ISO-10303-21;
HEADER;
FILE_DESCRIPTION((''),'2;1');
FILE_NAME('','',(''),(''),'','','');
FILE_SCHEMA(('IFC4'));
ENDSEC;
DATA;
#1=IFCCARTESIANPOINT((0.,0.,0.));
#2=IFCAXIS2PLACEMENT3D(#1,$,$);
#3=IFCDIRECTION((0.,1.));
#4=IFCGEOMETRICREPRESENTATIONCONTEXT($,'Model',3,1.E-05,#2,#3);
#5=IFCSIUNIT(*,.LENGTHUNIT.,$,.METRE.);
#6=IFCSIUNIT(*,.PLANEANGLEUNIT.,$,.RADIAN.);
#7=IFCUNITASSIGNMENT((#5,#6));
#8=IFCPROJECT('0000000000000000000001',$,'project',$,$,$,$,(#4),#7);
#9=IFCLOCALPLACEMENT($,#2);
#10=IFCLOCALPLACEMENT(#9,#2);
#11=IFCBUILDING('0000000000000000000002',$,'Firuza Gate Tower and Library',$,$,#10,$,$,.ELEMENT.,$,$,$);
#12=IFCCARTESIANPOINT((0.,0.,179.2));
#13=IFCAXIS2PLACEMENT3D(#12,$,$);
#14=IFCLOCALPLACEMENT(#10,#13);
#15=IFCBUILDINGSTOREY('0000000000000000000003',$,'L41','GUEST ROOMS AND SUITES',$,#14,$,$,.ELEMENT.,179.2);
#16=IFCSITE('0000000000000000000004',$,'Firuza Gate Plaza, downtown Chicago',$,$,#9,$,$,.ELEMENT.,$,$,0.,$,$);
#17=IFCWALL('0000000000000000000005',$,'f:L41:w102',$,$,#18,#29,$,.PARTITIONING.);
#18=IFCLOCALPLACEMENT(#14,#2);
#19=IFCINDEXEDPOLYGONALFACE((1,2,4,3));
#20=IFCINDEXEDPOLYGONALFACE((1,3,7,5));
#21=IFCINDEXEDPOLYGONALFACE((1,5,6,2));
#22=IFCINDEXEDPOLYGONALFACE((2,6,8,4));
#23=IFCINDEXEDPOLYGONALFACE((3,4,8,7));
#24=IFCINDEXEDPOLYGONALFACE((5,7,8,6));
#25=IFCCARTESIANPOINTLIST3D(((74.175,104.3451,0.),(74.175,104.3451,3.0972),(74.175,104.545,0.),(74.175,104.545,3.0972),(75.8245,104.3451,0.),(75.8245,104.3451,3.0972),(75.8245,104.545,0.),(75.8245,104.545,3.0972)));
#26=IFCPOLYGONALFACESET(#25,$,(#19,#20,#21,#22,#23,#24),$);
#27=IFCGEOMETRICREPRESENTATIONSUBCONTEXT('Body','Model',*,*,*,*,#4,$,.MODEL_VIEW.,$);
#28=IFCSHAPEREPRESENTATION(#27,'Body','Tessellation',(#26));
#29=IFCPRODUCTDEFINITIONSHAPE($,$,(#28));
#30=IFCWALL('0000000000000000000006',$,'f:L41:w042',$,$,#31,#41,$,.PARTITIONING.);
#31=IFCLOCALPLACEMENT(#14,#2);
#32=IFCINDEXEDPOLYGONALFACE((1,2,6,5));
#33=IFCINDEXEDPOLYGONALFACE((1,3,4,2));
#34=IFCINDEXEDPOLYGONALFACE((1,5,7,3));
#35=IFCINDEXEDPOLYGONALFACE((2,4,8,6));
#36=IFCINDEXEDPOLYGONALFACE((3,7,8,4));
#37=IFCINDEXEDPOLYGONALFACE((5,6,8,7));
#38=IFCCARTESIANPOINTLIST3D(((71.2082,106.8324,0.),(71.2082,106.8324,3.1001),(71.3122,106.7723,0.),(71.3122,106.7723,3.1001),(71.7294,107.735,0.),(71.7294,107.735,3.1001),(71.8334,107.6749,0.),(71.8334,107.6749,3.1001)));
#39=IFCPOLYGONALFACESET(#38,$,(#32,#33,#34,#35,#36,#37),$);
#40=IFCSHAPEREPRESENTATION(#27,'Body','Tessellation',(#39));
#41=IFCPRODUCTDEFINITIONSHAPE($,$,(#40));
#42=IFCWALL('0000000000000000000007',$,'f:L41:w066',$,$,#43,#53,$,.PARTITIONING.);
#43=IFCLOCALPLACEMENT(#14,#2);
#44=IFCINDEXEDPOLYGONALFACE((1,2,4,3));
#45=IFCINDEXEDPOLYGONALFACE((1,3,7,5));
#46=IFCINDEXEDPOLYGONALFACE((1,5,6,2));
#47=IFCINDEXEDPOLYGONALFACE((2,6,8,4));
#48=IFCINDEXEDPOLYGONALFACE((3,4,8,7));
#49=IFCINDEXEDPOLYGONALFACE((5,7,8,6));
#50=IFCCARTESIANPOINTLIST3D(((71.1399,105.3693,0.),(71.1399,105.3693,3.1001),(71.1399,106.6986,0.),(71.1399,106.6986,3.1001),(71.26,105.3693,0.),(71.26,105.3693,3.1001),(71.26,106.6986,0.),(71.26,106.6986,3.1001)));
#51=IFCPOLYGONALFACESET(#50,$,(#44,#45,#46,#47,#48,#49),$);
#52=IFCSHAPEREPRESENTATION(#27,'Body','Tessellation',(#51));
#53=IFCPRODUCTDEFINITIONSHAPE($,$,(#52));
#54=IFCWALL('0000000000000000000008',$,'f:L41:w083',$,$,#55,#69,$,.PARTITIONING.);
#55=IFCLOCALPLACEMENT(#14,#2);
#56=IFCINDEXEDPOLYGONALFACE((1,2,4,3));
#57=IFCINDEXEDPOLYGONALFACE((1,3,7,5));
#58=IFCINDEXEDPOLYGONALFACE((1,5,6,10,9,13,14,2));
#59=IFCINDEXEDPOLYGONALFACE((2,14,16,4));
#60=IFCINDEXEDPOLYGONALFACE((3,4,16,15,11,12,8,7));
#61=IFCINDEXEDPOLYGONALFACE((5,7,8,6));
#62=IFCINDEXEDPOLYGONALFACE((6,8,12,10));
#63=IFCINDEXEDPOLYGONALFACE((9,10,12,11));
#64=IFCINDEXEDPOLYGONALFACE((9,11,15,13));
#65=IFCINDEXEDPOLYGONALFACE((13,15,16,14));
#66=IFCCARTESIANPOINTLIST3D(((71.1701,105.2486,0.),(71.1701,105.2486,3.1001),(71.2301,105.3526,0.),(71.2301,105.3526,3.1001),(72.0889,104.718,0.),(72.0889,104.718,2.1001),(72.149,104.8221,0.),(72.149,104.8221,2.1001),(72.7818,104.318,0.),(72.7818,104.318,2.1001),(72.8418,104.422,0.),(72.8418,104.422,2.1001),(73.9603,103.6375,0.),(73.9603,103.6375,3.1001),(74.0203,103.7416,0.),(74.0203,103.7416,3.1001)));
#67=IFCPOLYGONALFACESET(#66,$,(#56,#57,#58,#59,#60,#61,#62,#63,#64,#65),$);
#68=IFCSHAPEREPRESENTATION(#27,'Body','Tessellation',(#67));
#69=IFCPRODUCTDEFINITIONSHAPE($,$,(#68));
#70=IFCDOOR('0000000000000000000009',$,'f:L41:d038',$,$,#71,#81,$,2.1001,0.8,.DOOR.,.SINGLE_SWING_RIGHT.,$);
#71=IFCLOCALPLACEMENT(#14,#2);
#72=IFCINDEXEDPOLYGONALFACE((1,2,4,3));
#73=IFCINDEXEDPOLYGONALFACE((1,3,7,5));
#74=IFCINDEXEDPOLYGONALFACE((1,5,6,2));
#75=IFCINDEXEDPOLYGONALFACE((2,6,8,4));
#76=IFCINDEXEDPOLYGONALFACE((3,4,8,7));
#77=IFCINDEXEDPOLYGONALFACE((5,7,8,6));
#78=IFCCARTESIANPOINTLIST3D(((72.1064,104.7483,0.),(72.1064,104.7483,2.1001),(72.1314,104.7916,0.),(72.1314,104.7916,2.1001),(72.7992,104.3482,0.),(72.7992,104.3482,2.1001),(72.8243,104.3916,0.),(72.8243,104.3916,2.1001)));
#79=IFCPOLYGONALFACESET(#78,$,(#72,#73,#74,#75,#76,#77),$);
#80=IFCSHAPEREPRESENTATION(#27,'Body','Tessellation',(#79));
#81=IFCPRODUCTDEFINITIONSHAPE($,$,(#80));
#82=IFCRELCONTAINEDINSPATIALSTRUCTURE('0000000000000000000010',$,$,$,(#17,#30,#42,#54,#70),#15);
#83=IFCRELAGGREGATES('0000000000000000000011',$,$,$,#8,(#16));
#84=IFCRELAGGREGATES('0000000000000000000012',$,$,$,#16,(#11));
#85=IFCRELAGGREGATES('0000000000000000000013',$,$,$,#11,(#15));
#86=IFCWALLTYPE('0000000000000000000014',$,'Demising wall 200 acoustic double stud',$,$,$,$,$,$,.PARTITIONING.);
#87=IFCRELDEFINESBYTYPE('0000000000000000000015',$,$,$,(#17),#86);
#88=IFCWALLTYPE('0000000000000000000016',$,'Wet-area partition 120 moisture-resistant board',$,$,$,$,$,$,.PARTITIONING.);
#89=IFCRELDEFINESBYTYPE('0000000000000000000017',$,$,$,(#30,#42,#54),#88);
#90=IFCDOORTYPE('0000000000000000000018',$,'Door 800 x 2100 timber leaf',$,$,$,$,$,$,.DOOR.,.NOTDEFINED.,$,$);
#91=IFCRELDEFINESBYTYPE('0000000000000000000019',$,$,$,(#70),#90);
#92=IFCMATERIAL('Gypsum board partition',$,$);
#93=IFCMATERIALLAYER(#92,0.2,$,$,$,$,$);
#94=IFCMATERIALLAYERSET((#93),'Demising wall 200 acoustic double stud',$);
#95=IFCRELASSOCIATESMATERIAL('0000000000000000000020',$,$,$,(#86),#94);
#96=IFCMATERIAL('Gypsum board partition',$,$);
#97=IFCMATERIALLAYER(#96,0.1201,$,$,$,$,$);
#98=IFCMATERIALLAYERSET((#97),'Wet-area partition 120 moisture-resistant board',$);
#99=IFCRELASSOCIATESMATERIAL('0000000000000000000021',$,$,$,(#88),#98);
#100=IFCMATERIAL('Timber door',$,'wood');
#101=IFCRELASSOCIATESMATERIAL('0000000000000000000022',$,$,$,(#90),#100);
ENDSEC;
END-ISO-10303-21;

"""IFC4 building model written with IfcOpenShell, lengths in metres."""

from ifc_helpers import new_model, si_unit, direction, frame, frame_2d, origin, place, context, subcontext, project, spatial, rectangle, extrude, material, layer, layer_set, type_object, element, fill, save


model = new_model("IFC4")

# Units and contexts
model_context = context("Model", 3, precision=1e-05, world=origin(), true_north=direction((0.0, 1.0)))
body_context = subcontext(model_context, "Body", "Model", "MODEL_VIEW")
ifc_project = project(units=[si_unit("LENGTHUNIT", "METRE"), si_unit("PLANEANGLEUNIT", "RADIAN")], contexts=[model_context])

# Site, building, storey
site_placement = place(None, origin())
site = spatial("IfcSite", under=ifc_project, at=site_placement, Name="Firuza Gate Plaza, downtown Chicago", CompositionType="ELEMENT", RefElevation=0.0)
building_placement = place(site_placement, origin())
building = spatial("IfcBuilding", under=site, at=building_placement, Name="Firuza Gate Tower and Library", CompositionType="ELEMENT")
storey_placement = place(building_placement, frame((0.0, 0.0, 179.2)))
storey = spatial("IfcBuildingStorey", under=building, at=storey_placement, Name="L41", Description="GUEST ROOMS AND SUITES", CompositionType="ELEMENT", Elevation=179.2)

# Walls
ifc_material_1 = material(Name="Gypsum board partition")
ifc_layer_1 = layer(ifc_material_1, 0.2)
ifc_layer_set_1 = layer_set([ifc_layer_1], Name="Demising wall 200 acoustic double stud")
wall_type_1 = type_object("IfcWallType", Name="Demising wall 200 acoustic double stud", PredefinedType="PARTITIONING", material=ifc_layer_set_1)
wall_1_placement = place(storey_placement, frame((74.175, 104.4451, 0.0), z_axis=(0.0, 0.0, 1.0), x_axis=(1.0, 0.0, 0.0)))
element("IfcWall", 1, at=wall_1_placement, inside=storey, type_object=wall_type_1, Name="f:L41:w102", PredefinedType="PARTITIONING", context=body_context, shape_type="SweptSolid", body=[
    extrude(rectangle(XDim=1.6494, YDim=0.2, at=frame_2d((0.8247, 0.0))), origin(), (0.0, 0.0, 1.0), 3.0972),
])
ifc_material_2 = material(Name="Gypsum board partition")
ifc_layer_2 = layer(ifc_material_2, 0.1201)
ifc_layer_set_2 = layer_set([ifc_layer_2], Name="Wet-area partition 120 moisture-resistant board")
wall_type_2 = type_object("IfcWallType", Name="Wet-area partition 120 moisture-resistant board", PredefinedType="PARTITIONING", material=ifc_layer_set_2)
wall_2_placement = place(storey_placement, frame((71.2603, 106.8025, 0.0), z_axis=(0.0, 0.0, 1.0), x_axis=(0.500094, 0.865971, 0.0)))
element("IfcWall", 2, at=wall_2_placement, inside=storey, type_object=wall_type_2, Name="f:L41:w042", PredefinedType="PARTITIONING", context=body_context, shape_type="SweptSolid", body=[
    extrude(rectangle(XDim=1.0422, YDim=0.1201, at=frame_2d((0.521, 0.0))), origin(), (0.0, 0.0, 1.0), 3.1001),
])
wall_3_placement = place(storey_placement, frame((71.2, 105.3694, 0.0), z_axis=(0.0, 0.0, 1.0), x_axis=(0.0, 1.0, 0.0)))
element("IfcWall", 3, at=wall_3_placement, inside=storey, type_object=wall_type_2, Name="f:L41:w066", PredefinedType="PARTITIONING", context=body_context, shape_type="SweptSolid", body=[
    extrude(rectangle(XDim=1.3293, YDim=0.1201, at=frame_2d((0.6646, 0.0))), origin(), (0.0, 0.0, 1.0), 3.1001),
])

# Wall, opening, door
wall_4_placement = place(storey_placement, frame((71.2002, 105.3005, 0.0), z_axis=(0.0, 0.0, 1.0), x_axis=(0.86601, -0.500026, 0.0)))
wall_4 = element("IfcWall", 4, at=wall_4_placement, inside=storey, type_object=wall_type_2, Name="f:L41:w083", PredefinedType="PARTITIONING", context=body_context, shape_type="SweptSolid", body=[
    extrude(rectangle(XDim=3.2219, YDim=0.1201, at=frame_2d((1.6108, 0.0))), origin(), (0.0, 0.0, 1.0), 3.1001),
])
opening_placement = place(wall_4_placement, frame((1.061, 0.0, 0.0)))
opening = element("IfcOpeningElement", 5, at=opening_placement, cuts=wall_4, PredefinedType="OPENING", context=body_context, shape_type="SweptSolid", body=[
    extrude(rectangle(XDim=0.8, YDim=2.1001, at=frame_2d((0.3999, 1.05))), frame((0.0, 0.0701, 0.0), z_axis=(0.0, -1.0, 0.0), x_axis=(1.0, 0.0, 0.0)), (0.0, 0.0, 1.0), 0.1401),
])
ifc_material_3 = material(Name="Timber door", Category="wood")
door_type = type_object("IfcDoorType", Name="Door 800 x 2100 timber leaf", OperationType="NOTDEFINED", PredefinedType="DOOR", material=ifc_material_3)
door_placement = place(opening_placement, origin())
door = element("IfcDoor", 6, at=door_placement, inside=storey, type_object=door_type, Name="f:L41:d038", OperationType="SINGLE_SWING_RIGHT", OverallHeight=2.1001, OverallWidth=0.8, PredefinedType="DOOR", context=body_context, shape_type="SweptSolid", body=[
    extrude(rectangle(XDim=0.8, YDim=2.1001, at=frame_2d((0.3999, 1.05))), frame((0.0, 0.0249, 0.0), z_axis=(0.0, -1.0, 0.0), x_axis=(1.0, 0.0, 0.0)), (0.0, 0.0, 1.0), 0.05),
])
fill(opening, door)

save(model, "model.ifc")
